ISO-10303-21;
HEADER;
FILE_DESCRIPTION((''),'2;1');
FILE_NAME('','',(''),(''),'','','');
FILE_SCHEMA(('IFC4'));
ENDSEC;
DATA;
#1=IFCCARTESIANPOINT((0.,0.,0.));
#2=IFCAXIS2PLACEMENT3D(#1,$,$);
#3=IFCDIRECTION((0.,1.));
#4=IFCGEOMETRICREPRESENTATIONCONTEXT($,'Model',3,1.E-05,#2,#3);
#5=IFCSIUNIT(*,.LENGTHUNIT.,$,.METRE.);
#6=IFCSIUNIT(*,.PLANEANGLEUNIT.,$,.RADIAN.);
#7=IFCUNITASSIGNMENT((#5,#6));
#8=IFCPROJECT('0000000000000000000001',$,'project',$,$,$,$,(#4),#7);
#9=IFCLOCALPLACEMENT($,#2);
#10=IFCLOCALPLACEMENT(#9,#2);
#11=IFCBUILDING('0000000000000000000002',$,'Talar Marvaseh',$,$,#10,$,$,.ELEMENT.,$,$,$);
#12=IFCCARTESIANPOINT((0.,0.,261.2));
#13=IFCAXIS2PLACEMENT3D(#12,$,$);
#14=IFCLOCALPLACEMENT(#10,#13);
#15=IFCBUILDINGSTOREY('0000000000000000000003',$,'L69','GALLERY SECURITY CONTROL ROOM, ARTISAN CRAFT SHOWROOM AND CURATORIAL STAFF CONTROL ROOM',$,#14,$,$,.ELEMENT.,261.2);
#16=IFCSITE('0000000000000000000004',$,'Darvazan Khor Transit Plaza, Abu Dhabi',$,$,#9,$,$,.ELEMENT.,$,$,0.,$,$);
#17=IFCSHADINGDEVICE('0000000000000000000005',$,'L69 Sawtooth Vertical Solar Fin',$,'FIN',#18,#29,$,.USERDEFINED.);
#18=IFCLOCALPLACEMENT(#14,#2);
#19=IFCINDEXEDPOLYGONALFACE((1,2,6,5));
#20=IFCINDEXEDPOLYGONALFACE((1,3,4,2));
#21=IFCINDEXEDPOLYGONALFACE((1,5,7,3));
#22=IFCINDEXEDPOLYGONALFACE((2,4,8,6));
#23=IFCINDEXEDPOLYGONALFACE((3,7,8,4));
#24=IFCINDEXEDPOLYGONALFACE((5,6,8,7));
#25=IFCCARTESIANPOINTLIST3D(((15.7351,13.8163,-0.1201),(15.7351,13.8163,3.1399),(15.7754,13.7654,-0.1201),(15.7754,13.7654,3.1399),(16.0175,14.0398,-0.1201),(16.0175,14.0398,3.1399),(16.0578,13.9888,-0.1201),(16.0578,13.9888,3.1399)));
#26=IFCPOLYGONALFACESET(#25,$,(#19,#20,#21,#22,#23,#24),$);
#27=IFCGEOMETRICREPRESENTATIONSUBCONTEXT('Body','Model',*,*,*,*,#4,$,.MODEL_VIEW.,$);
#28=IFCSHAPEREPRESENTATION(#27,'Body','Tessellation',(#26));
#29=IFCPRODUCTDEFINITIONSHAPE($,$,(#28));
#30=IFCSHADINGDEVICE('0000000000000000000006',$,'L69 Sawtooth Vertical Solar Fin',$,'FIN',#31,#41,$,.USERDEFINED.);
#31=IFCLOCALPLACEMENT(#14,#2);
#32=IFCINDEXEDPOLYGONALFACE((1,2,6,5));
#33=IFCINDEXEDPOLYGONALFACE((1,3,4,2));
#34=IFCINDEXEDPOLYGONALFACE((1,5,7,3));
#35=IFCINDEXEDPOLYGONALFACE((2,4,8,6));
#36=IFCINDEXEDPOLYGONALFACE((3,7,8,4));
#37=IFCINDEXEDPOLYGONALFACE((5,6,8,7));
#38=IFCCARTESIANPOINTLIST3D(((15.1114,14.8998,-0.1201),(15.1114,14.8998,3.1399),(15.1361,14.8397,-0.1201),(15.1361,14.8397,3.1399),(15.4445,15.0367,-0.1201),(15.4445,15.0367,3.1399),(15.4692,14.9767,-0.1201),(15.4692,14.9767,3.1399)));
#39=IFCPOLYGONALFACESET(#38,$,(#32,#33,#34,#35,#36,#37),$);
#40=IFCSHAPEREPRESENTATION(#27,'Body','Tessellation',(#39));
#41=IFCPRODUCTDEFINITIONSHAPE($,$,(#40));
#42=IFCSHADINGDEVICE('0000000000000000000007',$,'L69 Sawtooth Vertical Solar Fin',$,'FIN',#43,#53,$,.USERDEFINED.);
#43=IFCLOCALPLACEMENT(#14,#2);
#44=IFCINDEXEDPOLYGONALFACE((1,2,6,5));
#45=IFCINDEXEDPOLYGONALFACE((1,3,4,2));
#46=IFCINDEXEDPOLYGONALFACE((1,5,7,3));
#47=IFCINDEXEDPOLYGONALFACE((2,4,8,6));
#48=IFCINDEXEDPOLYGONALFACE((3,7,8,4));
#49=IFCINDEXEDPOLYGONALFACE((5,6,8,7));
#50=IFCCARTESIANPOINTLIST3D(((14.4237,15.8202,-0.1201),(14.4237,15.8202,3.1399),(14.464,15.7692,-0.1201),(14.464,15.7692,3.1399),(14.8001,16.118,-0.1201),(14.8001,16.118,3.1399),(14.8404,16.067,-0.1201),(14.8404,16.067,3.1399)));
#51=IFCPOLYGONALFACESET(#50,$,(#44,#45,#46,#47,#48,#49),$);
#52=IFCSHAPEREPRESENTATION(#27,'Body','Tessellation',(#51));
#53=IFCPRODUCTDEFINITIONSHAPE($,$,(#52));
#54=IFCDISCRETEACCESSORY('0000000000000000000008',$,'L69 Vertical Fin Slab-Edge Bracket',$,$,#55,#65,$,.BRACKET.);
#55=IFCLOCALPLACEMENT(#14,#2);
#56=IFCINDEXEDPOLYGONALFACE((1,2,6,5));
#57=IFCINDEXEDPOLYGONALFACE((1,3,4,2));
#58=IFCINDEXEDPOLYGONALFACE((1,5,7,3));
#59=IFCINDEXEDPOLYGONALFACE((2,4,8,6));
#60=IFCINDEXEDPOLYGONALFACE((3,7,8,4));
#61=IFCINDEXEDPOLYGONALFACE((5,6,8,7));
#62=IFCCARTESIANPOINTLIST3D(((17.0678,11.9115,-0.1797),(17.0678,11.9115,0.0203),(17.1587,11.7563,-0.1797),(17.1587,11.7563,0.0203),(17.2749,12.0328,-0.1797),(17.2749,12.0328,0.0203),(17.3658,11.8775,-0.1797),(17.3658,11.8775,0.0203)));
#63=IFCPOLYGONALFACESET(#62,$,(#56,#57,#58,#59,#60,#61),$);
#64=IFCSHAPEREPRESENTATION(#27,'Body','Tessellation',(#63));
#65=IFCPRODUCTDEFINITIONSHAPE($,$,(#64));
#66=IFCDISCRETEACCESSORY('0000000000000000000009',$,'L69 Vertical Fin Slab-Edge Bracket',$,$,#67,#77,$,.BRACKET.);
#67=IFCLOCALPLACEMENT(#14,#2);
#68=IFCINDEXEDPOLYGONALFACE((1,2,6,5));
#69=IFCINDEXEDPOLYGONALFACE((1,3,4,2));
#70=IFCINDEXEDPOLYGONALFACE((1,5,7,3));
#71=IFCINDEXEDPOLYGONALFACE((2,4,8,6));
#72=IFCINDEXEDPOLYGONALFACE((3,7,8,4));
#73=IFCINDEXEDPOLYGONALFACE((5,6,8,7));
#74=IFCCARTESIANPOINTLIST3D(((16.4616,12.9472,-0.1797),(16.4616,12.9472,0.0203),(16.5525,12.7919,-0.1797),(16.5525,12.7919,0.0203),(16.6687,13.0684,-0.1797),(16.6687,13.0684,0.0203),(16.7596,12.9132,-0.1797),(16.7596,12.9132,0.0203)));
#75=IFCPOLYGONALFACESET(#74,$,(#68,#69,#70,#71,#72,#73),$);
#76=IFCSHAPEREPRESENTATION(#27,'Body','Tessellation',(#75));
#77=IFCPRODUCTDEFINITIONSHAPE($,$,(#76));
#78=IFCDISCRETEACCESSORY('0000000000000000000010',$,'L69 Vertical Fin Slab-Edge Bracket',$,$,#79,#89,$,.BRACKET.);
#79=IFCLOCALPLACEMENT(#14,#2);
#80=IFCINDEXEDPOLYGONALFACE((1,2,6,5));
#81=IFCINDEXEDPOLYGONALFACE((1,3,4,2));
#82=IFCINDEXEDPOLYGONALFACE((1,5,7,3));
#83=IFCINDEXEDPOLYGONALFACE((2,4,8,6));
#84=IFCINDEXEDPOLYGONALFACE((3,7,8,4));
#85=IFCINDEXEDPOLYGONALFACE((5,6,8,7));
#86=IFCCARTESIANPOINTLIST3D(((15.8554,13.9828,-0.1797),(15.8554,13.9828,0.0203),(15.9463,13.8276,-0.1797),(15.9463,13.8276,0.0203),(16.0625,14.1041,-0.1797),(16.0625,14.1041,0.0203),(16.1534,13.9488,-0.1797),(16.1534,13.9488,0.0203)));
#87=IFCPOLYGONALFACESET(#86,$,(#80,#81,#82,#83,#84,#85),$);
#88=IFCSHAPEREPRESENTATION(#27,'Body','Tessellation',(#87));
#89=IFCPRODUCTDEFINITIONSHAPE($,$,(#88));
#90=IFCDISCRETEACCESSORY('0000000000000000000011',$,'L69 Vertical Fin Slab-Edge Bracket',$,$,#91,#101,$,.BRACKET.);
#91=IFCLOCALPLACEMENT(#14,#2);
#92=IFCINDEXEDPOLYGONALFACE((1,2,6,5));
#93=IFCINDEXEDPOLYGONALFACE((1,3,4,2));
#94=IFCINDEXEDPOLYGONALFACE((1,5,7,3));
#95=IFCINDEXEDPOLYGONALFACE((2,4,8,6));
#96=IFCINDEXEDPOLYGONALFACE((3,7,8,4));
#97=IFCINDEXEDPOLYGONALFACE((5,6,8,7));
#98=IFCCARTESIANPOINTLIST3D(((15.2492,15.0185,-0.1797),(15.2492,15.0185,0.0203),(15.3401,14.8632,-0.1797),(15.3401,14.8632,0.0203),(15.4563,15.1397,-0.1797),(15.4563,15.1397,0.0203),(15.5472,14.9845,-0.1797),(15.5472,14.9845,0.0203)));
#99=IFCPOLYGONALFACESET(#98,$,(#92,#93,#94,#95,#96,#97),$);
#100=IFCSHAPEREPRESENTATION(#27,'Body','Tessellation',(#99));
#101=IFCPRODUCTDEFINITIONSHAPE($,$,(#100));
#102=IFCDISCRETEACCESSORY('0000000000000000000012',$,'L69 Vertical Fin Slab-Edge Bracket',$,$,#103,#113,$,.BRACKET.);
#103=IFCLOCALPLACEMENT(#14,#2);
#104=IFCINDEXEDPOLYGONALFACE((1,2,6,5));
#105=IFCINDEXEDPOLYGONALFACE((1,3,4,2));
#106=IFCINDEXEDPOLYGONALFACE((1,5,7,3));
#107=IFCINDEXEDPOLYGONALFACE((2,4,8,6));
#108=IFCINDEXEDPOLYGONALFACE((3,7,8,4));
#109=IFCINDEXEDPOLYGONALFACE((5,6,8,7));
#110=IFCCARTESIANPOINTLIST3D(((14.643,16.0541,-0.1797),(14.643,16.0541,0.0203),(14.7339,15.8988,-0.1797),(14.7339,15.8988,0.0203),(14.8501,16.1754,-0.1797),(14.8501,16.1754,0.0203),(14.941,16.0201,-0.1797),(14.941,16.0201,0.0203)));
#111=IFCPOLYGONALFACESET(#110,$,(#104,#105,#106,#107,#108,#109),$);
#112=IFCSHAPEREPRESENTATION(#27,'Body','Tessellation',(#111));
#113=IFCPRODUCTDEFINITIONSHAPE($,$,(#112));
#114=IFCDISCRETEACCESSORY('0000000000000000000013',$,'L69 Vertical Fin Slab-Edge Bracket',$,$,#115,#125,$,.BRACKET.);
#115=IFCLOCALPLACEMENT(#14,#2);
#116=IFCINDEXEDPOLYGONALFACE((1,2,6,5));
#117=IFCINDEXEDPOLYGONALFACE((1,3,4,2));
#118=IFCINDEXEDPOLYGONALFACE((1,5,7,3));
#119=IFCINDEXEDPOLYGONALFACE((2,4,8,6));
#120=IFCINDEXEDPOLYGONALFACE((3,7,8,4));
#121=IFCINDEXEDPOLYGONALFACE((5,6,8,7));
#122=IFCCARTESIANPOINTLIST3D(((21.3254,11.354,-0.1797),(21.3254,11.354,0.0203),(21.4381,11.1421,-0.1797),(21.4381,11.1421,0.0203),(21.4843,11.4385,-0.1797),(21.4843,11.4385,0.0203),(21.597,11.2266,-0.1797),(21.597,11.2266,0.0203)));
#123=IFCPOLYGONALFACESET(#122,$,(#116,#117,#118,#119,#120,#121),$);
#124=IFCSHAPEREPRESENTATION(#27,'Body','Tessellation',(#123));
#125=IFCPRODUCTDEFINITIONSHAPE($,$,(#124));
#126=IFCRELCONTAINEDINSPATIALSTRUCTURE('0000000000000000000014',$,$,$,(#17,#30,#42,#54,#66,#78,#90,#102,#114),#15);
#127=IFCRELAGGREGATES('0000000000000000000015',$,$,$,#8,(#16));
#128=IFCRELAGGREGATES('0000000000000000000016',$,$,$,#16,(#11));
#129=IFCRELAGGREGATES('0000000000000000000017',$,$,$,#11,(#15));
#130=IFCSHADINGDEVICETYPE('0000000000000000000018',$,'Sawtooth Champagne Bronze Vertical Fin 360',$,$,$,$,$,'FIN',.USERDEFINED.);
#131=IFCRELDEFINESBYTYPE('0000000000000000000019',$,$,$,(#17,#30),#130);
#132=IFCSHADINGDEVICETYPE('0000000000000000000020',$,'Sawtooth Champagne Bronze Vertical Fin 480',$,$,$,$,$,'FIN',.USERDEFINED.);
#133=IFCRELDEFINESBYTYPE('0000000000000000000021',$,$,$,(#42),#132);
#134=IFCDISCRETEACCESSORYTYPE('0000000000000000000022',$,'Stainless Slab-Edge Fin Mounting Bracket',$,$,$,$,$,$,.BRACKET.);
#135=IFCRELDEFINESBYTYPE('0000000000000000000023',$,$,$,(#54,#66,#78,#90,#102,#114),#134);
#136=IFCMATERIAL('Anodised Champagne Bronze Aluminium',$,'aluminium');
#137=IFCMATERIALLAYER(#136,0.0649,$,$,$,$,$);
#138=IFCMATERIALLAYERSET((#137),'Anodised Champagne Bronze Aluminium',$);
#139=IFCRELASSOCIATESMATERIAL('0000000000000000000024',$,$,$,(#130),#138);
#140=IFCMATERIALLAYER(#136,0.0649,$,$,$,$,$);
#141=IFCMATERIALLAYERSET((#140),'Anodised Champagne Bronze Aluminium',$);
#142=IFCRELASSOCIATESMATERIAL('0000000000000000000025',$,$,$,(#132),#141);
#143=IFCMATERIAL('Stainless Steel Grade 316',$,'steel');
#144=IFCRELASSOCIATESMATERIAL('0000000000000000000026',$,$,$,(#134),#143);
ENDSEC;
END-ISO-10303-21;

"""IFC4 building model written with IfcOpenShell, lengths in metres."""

from ifc_helpers import new_model, si_unit, direction, frame, origin, origin_2d, place, context, subcontext, project, spatial, rectangle, extrude, source, transform, mapped, material, layer, layer_set, type_object, type_shapes, element, save


model = new_model("IFC4")

# Units and contexts
model_context = context("Model", 3, precision=1e-05, world=origin(), true_north=direction((0.0, 1.0)))
body_context = subcontext(model_context, "Body", "Model", "MODEL_VIEW")
ifc_project = project(units=[si_unit("LENGTHUNIT", "METRE"), si_unit("PLANEANGLEUNIT", "RADIAN")], contexts=[model_context])

# Site, building, storey
site_placement = place(None, origin())
site = spatial("IfcSite", under=ifc_project, at=site_placement, Name="Darvazan Khor Transit Plaza, Abu Dhabi", CompositionType="ELEMENT", RefElevation=0.0)
building_placement = place(site_placement, origin())
building = spatial("IfcBuilding", under=site, at=building_placement, Name="Talar Marvaseh", CompositionType="ELEMENT")
storey_placement = place(building_placement, frame((0.0, 0.0, 261.2)))
storey = spatial("IfcBuildingStorey", under=building, at=storey_placement, Name="L69", Description="GALLERY SECURITY CONTROL ROOM, ARTISAN CRAFT SHOWROOM AND CURATORIAL STAFF CONTROL ROOM", CompositionType="ELEMENT", Elevation=261.2)

# Shading devices
ifc_material_1 = material(Name="Anodised Champagne Bronze Aluminium", Category="aluminium")
ifc_layer_1 = layer(ifc_material_1, 0.0649)
ifc_layer_set_1 = layer_set([ifc_layer_1], Name="Anodised Champagne Bronze Aluminium")
shading_device_type_1 = type_object("IfcShadingDeviceType", Name="Sawtooth Champagne Bronze Vertical Fin 360", ElementType="FIN", PredefinedType="USERDEFINED", material=ifc_layer_set_1)
shared_shape_1 = source(origin(), body_context, "Body", "SweptSolid", [
    extrude(rectangle(XDim=0.3601, YDim=0.0649, at=origin_2d()), origin(), (0.0, 0.0, 1.0), 3.26),
])
type_shapes(shading_device_type_1, [shared_shape_1])
for number, where, z_axis, x_axis, name in (
    (1, (15.8965, 13.9026, -0.1201), (0.0, 0.0, 1.0), (-0.784235, -0.620464, 0.0), "L69 Sawtooth Vertical Solar Fin"),
    (2, (15.2903, 14.9382, -0.1201), (0.0, 0.0, 1.0), (-0.924878, -0.380263, 0.0), "L69 Sawtooth Vertical Solar Fin"),
):
    element("IfcShadingDevice", number, at=place(storey_placement, frame(where, z_axis=z_axis, x_axis=x_axis)), inside=storey, type_object=shading_device_type_1, Name=name, ObjectType="FIN", PredefinedType="USERDEFINED", context=body_context, shape_type="MappedRepresentation", body=[
        mapped(shared_shape_1, transform((0.0, 0.0, 0.0), x_axis=(1.0, 0.0, 0.0), y_axis=(0.0, 1.0, 0.0), z_axis=(0.0, 0.0, 1.0), scale=1.0)),
    ])
ifc_layer_2 = layer(ifc_material_1, 0.0649)
ifc_layer_set_2 = layer_set([ifc_layer_2], Name="Anodised Champagne Bronze Aluminium")
shading_device_type_2 = type_object("IfcShadingDeviceType", Name="Sawtooth Champagne Bronze Vertical Fin 480", ElementType="FIN", PredefinedType="USERDEFINED", material=ifc_layer_set_2)
shared_shape_2 = source(origin(), body_context, "Body", "SweptSolid", [
    extrude(rectangle(XDim=0.48, YDim=0.0649, at=origin_2d()), origin(), (0.0, 0.0, 1.0), 3.26),
])
type_shapes(shading_device_type_2, [shared_shape_2])
shading_device_placement = place(storey_placement, frame((14.6321, 15.9436, -0.1201), z_axis=(0.0, 0.0, 1.0), x_axis=(-0.784235, -0.620464, 0.0)))
element("IfcShadingDevice", 3, at=shading_device_placement, inside=storey, type_object=shading_device_type_2, Name="L69 Sawtooth Vertical Solar Fin", ObjectType="FIN", PredefinedType="USERDEFINED", context=body_context, shape_type="MappedRepresentation", body=[
    mapped(shared_shape_2, transform((0.0, 0.0, 0.0), x_axis=(1.0, 0.0, 0.0), y_axis=(0.0, 1.0, 0.0), z_axis=(0.0, 0.0, 1.0), scale=1.0)),
])

# Discrete accessories
ifc_material_2 = material(Name="Stainless Steel Grade 316", Category="steel")
discrete_accessory_type = type_object("IfcDiscreteAccessoryType", Name="Stainless Slab-Edge Fin Mounting Bracket", PredefinedType="BRACKET", material=ifc_material_2)
shared_shape_3 = source(origin(), body_context, "Body", "SweptSolid", [
    extrude(rectangle(XDim=0.24, YDim=0.1799, at=origin_2d()), origin(), (0.0, 0.0, 1.0), 0.2),
])
type_shapes(discrete_accessory_type, [shared_shape_3])
for number, where, z_axis, x_axis, name in (
    (4, (17.2168, 11.8945, -0.1797), (0.0, 0.0, 1.0), (-0.862955, -0.505281, 0.0), "L69 Vertical Fin Slab-Edge Bracket"),
    (5, (16.6106, 12.9302, -0.1797), (0.0, 0.0, 1.0), (-0.862955, -0.505281, 0.0), "L69 Vertical Fin Slab-Edge Bracket"),
    (6, (16.0044, 13.9658, -0.1797), (0.0, 0.0, 1.0), (-0.862955, -0.505281, 0.0), "L69 Vertical Fin Slab-Edge Bracket"),
    (7, (15.3982, 15.0015, -0.1797), (0.0, 0.0, 1.0), (-0.862955, -0.505281, 0.0), "L69 Vertical Fin Slab-Edge Bracket"),
    (8, (14.792, 16.0371, -0.1797), (0.0, 0.0, 1.0), (-0.862955, -0.505281, 0.0), "L69 Vertical Fin Slab-Edge Bracket"),
    (9, (21.4612, 11.2903, -0.1797), (0.0, 0.0, 1.0), (0.469626, -0.882866, 0.0), "L69 Vertical Fin Slab-Edge Bracket"),
):
    element("IfcDiscreteAccessory", number, at=place(storey_placement, frame(where, z_axis=z_axis, x_axis=x_axis)), inside=storey, type_object=discrete_accessory_type, Name=name, PredefinedType="BRACKET", context=body_context, shape_type="MappedRepresentation", body=[
        mapped(shared_shape_3, transform((0.0, 0.0, 0.0), x_axis=(1.0, 0.0, 0.0), y_axis=(0.0, 1.0, 0.0), z_axis=(0.0, 0.0, 1.0), scale=1.0)),
    ])

save(model, "model.ifc")
